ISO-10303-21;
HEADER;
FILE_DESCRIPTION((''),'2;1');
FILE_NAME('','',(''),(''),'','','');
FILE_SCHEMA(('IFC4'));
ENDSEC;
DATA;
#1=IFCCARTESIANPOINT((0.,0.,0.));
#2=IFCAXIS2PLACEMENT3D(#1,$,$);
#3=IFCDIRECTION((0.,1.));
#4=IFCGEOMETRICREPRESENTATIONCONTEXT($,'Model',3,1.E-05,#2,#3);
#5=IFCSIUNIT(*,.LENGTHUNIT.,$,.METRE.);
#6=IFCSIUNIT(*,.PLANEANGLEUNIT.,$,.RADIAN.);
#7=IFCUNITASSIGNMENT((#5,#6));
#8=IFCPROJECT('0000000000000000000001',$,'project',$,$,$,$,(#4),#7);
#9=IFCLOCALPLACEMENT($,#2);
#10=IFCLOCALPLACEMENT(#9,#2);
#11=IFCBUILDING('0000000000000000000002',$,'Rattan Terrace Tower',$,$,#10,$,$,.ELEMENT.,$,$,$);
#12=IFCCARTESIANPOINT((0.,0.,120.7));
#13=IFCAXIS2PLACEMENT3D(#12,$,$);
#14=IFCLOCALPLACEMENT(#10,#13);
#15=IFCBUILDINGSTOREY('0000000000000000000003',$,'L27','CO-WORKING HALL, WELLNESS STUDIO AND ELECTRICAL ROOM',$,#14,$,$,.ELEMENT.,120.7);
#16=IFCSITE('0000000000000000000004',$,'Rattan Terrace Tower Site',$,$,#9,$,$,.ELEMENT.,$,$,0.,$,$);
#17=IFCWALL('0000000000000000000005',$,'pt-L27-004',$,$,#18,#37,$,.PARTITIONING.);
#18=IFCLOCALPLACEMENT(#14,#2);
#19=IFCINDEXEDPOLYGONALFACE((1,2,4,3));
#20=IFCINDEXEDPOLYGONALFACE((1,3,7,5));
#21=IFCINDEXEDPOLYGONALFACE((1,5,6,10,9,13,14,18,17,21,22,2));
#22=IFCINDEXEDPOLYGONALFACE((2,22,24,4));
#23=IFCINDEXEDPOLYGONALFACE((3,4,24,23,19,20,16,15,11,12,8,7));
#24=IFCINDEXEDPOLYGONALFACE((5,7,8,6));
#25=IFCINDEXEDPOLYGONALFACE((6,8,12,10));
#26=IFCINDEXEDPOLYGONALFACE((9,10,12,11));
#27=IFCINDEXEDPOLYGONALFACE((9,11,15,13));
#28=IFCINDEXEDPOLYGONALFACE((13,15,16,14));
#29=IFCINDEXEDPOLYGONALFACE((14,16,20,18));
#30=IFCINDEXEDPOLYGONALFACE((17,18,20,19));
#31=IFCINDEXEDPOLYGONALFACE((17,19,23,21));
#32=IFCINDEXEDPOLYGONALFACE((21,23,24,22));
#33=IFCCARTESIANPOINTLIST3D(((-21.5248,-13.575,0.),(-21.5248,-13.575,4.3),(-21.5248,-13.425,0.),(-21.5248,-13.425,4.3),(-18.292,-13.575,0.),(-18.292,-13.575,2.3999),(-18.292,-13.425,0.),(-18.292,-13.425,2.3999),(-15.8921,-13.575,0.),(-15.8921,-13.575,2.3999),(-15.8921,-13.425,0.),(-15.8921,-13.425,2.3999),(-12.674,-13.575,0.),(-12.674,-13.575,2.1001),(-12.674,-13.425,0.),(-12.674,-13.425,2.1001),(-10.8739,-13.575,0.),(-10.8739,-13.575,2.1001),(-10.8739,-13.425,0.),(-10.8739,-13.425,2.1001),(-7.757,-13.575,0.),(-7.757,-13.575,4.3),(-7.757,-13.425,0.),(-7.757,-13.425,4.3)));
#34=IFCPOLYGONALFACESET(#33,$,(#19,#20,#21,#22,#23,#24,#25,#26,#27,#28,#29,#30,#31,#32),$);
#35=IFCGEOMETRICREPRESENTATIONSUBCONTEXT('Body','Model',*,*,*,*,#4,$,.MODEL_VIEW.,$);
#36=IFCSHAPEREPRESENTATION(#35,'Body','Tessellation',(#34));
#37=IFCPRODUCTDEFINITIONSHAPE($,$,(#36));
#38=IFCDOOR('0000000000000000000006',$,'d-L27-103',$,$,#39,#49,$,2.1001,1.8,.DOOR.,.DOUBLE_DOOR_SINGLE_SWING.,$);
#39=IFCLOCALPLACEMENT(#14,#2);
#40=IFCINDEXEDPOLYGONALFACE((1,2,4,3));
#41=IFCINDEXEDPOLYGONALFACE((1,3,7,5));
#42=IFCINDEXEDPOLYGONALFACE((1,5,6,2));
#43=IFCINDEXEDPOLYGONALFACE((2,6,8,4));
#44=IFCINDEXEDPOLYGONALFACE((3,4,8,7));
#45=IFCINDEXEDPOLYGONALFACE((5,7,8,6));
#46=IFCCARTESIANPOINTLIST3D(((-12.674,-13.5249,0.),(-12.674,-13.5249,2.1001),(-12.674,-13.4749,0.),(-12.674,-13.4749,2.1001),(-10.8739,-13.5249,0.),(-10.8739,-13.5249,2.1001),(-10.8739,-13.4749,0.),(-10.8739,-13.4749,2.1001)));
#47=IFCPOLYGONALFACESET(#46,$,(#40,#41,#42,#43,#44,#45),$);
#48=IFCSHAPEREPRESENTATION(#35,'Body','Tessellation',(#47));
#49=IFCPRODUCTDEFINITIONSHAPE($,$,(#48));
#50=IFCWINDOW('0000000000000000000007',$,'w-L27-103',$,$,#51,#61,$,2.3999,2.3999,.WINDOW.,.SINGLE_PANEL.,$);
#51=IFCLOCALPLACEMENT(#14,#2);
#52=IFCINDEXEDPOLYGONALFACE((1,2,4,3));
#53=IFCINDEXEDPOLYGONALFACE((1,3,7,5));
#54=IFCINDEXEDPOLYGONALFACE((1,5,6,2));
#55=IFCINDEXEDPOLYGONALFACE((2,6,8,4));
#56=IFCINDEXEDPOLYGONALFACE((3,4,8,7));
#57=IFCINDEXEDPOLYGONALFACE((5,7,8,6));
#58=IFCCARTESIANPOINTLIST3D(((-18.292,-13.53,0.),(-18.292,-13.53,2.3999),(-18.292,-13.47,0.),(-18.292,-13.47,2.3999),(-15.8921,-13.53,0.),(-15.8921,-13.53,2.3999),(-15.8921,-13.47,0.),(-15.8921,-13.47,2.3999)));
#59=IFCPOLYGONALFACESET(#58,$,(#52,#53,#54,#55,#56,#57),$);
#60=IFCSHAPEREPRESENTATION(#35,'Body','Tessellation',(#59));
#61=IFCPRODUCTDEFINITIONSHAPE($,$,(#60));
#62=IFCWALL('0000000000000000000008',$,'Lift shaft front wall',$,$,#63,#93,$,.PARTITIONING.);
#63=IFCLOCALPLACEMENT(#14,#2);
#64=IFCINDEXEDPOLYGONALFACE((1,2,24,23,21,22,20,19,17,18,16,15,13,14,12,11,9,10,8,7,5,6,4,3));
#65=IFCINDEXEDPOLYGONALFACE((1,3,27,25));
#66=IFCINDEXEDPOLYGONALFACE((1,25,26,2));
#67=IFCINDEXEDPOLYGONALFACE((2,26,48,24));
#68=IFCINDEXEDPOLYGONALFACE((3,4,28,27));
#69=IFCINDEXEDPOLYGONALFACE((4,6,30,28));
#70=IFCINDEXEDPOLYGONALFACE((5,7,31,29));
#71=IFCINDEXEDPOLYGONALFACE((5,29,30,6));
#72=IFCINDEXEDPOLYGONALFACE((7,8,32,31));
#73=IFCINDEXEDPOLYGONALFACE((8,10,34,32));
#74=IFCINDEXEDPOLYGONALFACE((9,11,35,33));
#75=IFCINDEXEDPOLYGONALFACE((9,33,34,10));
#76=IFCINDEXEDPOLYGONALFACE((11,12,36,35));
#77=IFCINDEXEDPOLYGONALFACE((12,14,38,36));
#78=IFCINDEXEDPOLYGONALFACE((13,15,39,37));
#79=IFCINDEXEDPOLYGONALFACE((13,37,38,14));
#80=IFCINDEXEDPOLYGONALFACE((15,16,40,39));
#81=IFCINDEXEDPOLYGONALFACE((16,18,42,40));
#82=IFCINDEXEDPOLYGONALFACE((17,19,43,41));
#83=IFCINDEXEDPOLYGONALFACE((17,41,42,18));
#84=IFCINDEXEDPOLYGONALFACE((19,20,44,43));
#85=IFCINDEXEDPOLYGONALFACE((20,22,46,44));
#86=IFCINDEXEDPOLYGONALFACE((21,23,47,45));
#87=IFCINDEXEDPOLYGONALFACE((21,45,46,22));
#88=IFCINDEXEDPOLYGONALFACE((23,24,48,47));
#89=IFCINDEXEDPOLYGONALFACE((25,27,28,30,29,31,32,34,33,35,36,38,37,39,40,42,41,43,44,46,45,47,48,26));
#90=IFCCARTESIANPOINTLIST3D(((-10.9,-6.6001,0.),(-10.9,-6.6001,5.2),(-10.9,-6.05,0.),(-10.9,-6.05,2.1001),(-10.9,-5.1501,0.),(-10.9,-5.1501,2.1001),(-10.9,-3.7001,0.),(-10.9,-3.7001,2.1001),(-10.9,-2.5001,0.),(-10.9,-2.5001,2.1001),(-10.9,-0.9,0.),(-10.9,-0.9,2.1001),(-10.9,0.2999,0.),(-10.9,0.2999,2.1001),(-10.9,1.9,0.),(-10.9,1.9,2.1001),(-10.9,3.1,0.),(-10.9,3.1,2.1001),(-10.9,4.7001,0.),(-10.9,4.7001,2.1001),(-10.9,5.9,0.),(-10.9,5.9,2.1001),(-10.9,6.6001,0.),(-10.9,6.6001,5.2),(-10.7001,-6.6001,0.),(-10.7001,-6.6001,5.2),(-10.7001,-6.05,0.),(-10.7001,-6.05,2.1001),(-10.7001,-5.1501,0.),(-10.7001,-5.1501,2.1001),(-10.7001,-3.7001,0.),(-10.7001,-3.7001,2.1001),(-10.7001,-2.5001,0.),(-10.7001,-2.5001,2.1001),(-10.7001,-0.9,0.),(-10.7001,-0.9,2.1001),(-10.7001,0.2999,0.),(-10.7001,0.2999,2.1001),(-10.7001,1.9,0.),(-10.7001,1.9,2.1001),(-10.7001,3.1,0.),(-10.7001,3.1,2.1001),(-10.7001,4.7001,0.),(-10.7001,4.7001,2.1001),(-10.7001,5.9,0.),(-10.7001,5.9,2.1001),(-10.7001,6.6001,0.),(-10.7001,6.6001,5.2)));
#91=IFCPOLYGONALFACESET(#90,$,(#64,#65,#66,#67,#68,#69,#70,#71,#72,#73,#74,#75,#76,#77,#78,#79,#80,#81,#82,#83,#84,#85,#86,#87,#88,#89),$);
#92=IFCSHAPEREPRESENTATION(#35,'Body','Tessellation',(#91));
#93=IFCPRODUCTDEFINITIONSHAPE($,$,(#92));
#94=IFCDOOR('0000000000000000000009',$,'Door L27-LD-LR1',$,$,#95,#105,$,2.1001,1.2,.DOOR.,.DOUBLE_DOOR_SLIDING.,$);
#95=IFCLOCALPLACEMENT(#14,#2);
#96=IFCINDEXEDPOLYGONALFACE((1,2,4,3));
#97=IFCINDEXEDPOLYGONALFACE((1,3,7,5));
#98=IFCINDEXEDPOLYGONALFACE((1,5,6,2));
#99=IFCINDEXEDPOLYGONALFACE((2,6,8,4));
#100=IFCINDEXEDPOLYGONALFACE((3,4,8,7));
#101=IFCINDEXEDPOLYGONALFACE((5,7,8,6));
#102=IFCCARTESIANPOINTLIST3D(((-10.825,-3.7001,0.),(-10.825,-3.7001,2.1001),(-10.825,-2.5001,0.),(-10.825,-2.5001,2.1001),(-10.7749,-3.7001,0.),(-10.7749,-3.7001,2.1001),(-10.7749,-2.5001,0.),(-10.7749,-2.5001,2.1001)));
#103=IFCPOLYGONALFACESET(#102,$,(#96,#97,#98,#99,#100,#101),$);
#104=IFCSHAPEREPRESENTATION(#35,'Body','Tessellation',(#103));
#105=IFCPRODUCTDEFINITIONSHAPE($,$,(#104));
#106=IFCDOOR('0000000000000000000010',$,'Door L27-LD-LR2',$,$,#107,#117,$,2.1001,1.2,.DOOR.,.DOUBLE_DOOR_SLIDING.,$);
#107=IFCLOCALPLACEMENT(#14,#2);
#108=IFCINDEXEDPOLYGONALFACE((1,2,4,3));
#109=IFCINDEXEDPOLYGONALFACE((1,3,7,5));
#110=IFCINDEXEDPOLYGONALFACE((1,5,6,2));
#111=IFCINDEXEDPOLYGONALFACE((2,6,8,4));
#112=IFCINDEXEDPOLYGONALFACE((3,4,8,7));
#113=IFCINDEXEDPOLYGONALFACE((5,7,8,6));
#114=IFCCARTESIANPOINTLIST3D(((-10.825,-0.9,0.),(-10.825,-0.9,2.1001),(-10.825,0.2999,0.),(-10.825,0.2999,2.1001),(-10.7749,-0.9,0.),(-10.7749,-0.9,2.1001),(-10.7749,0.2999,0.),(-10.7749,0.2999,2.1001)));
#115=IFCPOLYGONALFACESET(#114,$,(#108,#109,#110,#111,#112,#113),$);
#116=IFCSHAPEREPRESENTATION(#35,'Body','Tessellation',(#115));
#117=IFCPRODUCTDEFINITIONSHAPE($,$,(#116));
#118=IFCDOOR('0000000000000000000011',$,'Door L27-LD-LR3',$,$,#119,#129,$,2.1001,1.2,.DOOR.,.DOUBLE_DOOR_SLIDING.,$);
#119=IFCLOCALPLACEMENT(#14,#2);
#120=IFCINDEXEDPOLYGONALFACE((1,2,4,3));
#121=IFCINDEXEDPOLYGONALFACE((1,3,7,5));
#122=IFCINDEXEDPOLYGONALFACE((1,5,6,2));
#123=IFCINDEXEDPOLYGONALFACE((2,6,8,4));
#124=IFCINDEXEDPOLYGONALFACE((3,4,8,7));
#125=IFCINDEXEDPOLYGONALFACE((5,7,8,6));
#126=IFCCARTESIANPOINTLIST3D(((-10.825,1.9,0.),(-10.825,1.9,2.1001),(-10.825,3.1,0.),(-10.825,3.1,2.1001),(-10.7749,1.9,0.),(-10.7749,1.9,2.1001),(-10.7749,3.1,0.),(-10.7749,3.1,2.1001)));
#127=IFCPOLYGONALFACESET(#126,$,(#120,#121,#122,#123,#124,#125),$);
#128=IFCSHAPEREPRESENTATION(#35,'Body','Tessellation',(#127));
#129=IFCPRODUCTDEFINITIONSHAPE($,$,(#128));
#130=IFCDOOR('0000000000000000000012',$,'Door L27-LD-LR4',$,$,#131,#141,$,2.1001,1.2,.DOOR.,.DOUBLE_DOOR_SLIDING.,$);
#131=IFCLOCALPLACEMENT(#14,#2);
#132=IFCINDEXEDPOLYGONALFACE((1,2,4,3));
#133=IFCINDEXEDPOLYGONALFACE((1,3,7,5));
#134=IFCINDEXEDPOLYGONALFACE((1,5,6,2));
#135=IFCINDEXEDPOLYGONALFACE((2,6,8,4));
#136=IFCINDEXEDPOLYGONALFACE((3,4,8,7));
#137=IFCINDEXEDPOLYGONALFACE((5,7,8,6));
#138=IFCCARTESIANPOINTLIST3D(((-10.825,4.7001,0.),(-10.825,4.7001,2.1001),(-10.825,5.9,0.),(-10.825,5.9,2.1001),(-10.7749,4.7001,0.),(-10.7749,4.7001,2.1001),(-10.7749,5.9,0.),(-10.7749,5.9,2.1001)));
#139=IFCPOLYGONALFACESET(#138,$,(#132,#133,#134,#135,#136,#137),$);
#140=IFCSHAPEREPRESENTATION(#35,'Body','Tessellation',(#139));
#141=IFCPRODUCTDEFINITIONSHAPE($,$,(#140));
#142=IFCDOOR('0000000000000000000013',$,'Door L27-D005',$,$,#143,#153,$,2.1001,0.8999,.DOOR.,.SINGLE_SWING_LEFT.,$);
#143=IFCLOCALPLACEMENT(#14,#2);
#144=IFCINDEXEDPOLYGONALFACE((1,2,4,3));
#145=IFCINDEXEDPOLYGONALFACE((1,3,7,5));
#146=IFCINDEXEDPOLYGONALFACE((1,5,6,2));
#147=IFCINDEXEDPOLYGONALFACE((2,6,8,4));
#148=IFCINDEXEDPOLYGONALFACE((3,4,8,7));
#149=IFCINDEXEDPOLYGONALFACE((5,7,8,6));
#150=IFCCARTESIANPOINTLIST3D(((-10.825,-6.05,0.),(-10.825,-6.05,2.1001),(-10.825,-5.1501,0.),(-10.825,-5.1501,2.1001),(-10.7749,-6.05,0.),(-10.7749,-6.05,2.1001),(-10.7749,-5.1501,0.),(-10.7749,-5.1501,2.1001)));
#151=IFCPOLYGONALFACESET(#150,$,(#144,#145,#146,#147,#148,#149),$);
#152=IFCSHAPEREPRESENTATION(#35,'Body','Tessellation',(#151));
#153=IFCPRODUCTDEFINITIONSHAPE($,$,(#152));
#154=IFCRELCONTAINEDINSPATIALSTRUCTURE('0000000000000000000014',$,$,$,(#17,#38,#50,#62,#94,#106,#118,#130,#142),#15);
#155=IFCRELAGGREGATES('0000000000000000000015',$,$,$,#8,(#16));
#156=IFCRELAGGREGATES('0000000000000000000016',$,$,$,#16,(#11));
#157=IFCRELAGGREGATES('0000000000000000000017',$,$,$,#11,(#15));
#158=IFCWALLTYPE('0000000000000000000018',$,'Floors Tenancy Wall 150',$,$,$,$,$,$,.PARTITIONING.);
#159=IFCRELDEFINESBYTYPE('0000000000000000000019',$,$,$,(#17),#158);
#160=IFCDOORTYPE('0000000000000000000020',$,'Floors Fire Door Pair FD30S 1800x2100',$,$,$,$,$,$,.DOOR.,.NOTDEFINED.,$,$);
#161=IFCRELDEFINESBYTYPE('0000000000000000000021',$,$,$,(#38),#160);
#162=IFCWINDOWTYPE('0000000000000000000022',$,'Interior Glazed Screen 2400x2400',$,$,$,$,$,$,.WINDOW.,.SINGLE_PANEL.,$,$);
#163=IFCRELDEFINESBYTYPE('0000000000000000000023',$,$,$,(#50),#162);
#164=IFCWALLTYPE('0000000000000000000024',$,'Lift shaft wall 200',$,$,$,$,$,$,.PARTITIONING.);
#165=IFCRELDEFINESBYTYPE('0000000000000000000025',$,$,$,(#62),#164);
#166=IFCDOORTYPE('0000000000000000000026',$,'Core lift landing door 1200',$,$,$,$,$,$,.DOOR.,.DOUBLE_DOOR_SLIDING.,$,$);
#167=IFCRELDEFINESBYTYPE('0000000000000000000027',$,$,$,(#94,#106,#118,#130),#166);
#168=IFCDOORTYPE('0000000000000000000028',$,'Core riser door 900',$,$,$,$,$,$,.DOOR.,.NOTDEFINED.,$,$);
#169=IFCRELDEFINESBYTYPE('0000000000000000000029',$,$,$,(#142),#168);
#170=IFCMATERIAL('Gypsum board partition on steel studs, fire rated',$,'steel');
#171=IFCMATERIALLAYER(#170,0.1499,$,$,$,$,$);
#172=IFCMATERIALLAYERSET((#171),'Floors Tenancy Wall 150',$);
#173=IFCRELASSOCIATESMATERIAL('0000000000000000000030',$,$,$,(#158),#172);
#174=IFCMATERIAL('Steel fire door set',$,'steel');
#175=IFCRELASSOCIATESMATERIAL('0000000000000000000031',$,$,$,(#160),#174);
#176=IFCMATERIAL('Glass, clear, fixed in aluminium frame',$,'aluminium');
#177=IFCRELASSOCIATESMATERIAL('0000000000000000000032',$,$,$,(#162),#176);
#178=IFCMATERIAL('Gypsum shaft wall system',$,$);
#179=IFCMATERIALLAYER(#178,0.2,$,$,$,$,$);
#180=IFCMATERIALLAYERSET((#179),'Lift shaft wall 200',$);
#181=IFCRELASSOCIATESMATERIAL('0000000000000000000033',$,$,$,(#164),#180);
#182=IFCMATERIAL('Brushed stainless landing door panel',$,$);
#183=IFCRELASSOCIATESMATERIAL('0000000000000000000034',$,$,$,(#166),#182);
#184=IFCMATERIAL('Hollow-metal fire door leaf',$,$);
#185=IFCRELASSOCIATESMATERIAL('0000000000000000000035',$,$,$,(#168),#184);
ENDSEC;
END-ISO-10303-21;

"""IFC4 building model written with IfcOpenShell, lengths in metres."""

from ifc_helpers import new_model, si_unit, direction, frame, frame_2d, origin, place, context, subcontext, project, spatial, rectangle, extrude, material, layer, layer_set, type_object, element, fill, save


model = new_model("IFC4")

# Units and contexts
model_context = context("Model", 3, precision=1e-05, world=origin(), true_north=direction((0.0, 1.0)))
body_context = subcontext(model_context, "Body", "Model", "MODEL_VIEW")
ifc_project = project(units=[si_unit("LENGTHUNIT", "METRE"), si_unit("PLANEANGLEUNIT", "RADIAN")], contexts=[model_context])

# Site, building, storey
site_placement = place(None, origin())
site = spatial("IfcSite", under=ifc_project, at=site_placement, Name="Rattan Terrace Tower Site", CompositionType="ELEMENT", RefElevation=0.0)
building_placement = place(site_placement, origin())
building = spatial("IfcBuilding", under=site, at=building_placement, Name="Rattan Terrace Tower", CompositionType="ELEMENT")
storey_placement = place(building_placement, frame((0.0, 0.0, 120.7)))
storey = spatial("IfcBuildingStorey", under=building, at=storey_placement, Name="L27", Description="CO-WORKING HALL, WELLNESS STUDIO AND ELECTRICAL ROOM", CompositionType="ELEMENT", Elevation=120.7)

# Wall, openings, door, window
ifc_material_1 = material(Name="Gypsum board partition on steel studs, fire rated", Category="steel")
ifc_layer_1 = layer(ifc_material_1, 0.1499)
ifc_layer_set_1 = layer_set([ifc_layer_1], Name="Floors Tenancy Wall 150")
wall_type_1 = type_object("IfcWallType", Name="Floors Tenancy Wall 150", PredefinedType="PARTITIONING", material=ifc_layer_set_1)
wall_1_placement = place(storey_placement, frame((-7.7571, -13.5, 0.0), z_axis=(0.0, 0.0, 1.0), x_axis=(-1.0, 0.0, 0.0)))
wall_1 = element("IfcWall", 1, at=wall_1_placement, inside=storey, type_object=wall_type_1, Name="pt-L27-004", PredefinedType="PARTITIONING", context=body_context, shape_type="SweptSolid", body=[
    extrude(rectangle(XDim=13.7678, YDim=0.1499, at=frame_2d((6.8838, 0.0))), origin(), (0.0, 0.0, 1.0), 4.3),
])
opening_1_placement = place(wall_1_placement, frame((3.1169, 0.0, 0.0)))
opening_1 = element("IfcOpeningElement", 2, at=opening_1_placement, cuts=wall_1, PredefinedType="OPENING", context=body_context, shape_type="SweptSolid", body=[
    extrude(rectangle(XDim=1.8, YDim=2.1001, at=frame_2d((0.8999, 1.05))), frame((0.0, 0.0854, 0.0), z_axis=(0.0, -1.0, 0.0), x_axis=(1.0, 0.0, 0.0)), (0.0, 0.0, 1.0), 0.1709),
])
opening_2_placement = place(wall_1_placement, frame((8.135, 0.0, 0.0)))
opening_2 = element("IfcOpeningElement", 3, at=opening_2_placement, cuts=wall_1, PredefinedType="OPENING", context=body_context, shape_type="SweptSolid", body=[
    extrude(rectangle(XDim=2.3999, YDim=2.3999, at=frame_2d((1.2, 1.2))), frame((0.0, 0.0854, 0.0), z_axis=(0.0, -1.0, 0.0), x_axis=(1.0, 0.0, 0.0)), (0.0, 0.0, 1.0), 0.1709),
])
ifc_material_2 = material(Name="Steel fire door set", Category="steel")
door_type_1 = type_object("IfcDoorType", Name="Floors Fire Door Pair FD30S 1800x2100", OperationType="NOTDEFINED", PredefinedType="DOOR", material=ifc_material_2)
door_1_placement = place(opening_1_placement, origin())
door_1 = element("IfcDoor", 4, at=door_1_placement, inside=storey, type_object=door_type_1, Name="d-L27-103", OperationType="DOUBLE_DOOR_SINGLE_SWING", OverallHeight=2.1001, OverallWidth=1.8, PredefinedType="DOOR", context=body_context, shape_type="SweptSolid", body=[
    extrude(rectangle(XDim=1.8, YDim=2.1001, at=frame_2d((0.8999, 1.05))), frame((0.0, 0.0249, 0.0), z_axis=(0.0, -1.0, 0.0), x_axis=(1.0, 0.0, 0.0)), (0.0, 0.0, 1.0), 0.05),
])
fill(opening_1, door_1)
ifc_material_3 = material(Name="Glass, clear, fixed in aluminium frame", Category="aluminium")
window_type = type_object("IfcWindowType", Name="Interior Glazed Screen 2400x2400", PartitioningType="SINGLE_PANEL", PredefinedType="WINDOW", material=ifc_material_3)
window_placement = place(opening_2_placement, origin())
window = element("IfcWindow", 5, at=window_placement, inside=storey, type_object=window_type, Name="w-L27-103", OverallHeight=2.3999, OverallWidth=2.3999, PartitioningType="SINGLE_PANEL", PredefinedType="WINDOW", context=body_context, shape_type="SweptSolid", body=[
    extrude(rectangle(XDim=2.3999, YDim=2.3999, at=frame_2d((1.2, 1.2))), frame((0.0, 0.03, 0.0), z_axis=(0.0, -1.0, 0.0), x_axis=(1.0, 0.0, 0.0)), (0.0, 0.0, 1.0), 0.0601),
])
fill(opening_2, window)

# Wall, openings, doors
ifc_material_4 = material(Name="Gypsum shaft wall system")
ifc_layer_2 = layer(ifc_material_4, 0.2)
ifc_layer_set_2 = layer_set([ifc_layer_2], Name="Lift shaft wall 200")
wall_type_2 = type_object("IfcWallType", Name="Lift shaft wall 200", PredefinedType="PARTITIONING", material=ifc_layer_set_2)
wall_2_placement = place(storey_placement, frame((-10.8, -6.6001, 0.0), z_axis=(0.0, 0.0, 1.0), x_axis=(0.0, 1.0, 0.0)))
wall_2 = element("IfcWall", 6, at=wall_2_placement, inside=storey, type_object=wall_type_2, Name="Lift shaft front wall", PredefinedType="PARTITIONING", context=body_context, shape_type="SweptSolid", body=[
    extrude(rectangle(XDim=13.2002, YDim=0.2, at=frame_2d((6.6001, 0.0))), origin(), (0.0, 0.0, 1.0), 5.2),
])
opening_3_placement = place(wall_2_placement, frame((0.55, 0.0, 0.0)))
opening_3 = element("IfcOpeningElement", 7, at=opening_3_placement, cuts=wall_2, PredefinedType="OPENING", context=body_context, shape_type="SweptSolid", body=[
    extrude(rectangle(XDim=0.8999, YDim=2.1001, at=frame_2d((0.45, 1.05))), frame((0.0, 0.1106, 0.0), z_axis=(0.0, -1.0, 0.0), x_axis=(1.0, 0.0, 0.0)), (0.0, 0.0, 1.0), 0.2209),
])
opening_4_placement = place(wall_2_placement, frame((2.8999, 0.0, 0.0)))
opening_4 = element("IfcOpeningElement", 8, at=opening_4_placement, cuts=wall_2, PredefinedType="OPENING", context=body_context, shape_type="SweptSolid", body=[
    extrude(rectangle(XDim=1.2, YDim=2.1001, at=frame_2d((0.6001, 1.05))), frame((0.0, 0.1106, 0.0), z_axis=(0.0, -1.0, 0.0), x_axis=(1.0, 0.0, 0.0)), (0.0, 0.0, 1.0), 0.2209),
])
opening_5_placement = place(wall_2_placement, frame((5.7, 0.0, 0.0)))
opening_5 = element("IfcOpeningElement", 9, at=opening_5_placement, cuts=wall_2, PredefinedType="OPENING", context=body_context, shape_type="SweptSolid", body=[
    extrude(rectangle(XDim=1.2, YDim=2.1001, at=frame_2d((0.6001, 1.05))), frame((0.0, 0.1106, 0.0), z_axis=(0.0, -1.0, 0.0), x_axis=(1.0, 0.0, 0.0)), (0.0, 0.0, 1.0), 0.2209),
])
opening_6_placement = place(wall_2_placement, frame((8.5, 0.0, 0.0)))
opening_6 = element("IfcOpeningElement", 10, at=opening_6_placement, cuts=wall_2, PredefinedType="OPENING", context=body_context, shape_type="SweptSolid", body=[
    extrude(rectangle(XDim=1.2, YDim=2.1001, at=frame_2d((0.6001, 1.05))), frame((0.0, 0.1106, 0.0), z_axis=(0.0, -1.0, 0.0), x_axis=(1.0, 0.0, 0.0)), (0.0, 0.0, 1.0), 0.2209),
])
opening_7_placement = place(wall_2_placement, frame((11.3, 0.0, 0.0)))
opening_7 = element("IfcOpeningElement", 11, at=opening_7_placement, cuts=wall_2, PredefinedType="OPENING", context=body_context, shape_type="SweptSolid", body=[
    extrude(rectangle(XDim=1.2, YDim=2.1001, at=frame_2d((0.6001, 1.05))), frame((0.0, 0.1106, 0.0), z_axis=(0.0, -1.0, 0.0), x_axis=(1.0, 0.0, 0.0)), (0.0, 0.0, 1.0), 0.2209),
])
ifc_material_5 = material(Name="Brushed stainless landing door panel")
door_type_2 = type_object("IfcDoorType", Name="Core lift landing door 1200", OperationType="DOUBLE_DOOR_SLIDING", PredefinedType="DOOR", material=ifc_material_5)
door_2_placement = place(opening_4_placement, origin())
door_2 = element("IfcDoor", 12, at=door_2_placement, inside=storey, type_object=door_type_2, Name="Door L27-LD-LR1", OperationType="DOUBLE_DOOR_SLIDING", OverallHeight=2.1001, OverallWidth=1.2, PredefinedType="DOOR", context=body_context, shape_type="SweptSolid", body=[
    extrude(rectangle(XDim=1.2, YDim=2.1001, at=frame_2d((0.6001, 1.05))), frame((0.0, 0.0249, 0.0), z_axis=(0.0, -1.0, 0.0), x_axis=(1.0, 0.0, 0.0)), (0.0, 0.0, 1.0), 0.05),
])
fill(opening_4, door_2)
door_3_placement = place(opening_5_placement, origin())
door_3 = element("IfcDoor", 13, at=door_3_placement, inside=storey, type_object=door_type_2, Name="Door L27-LD-LR2", OperationType="DOUBLE_DOOR_SLIDING", OverallHeight=2.1001, OverallWidth=1.2, PredefinedType="DOOR", context=body_context, shape_type="SweptSolid", body=[
    extrude(rectangle(XDim=1.2, YDim=2.1001, at=frame_2d((0.6001, 1.05))), frame((0.0, 0.0249, 0.0), z_axis=(0.0, -1.0, 0.0), x_axis=(1.0, 0.0, 0.0)), (0.0, 0.0, 1.0), 0.05),
])
fill(opening_5, door_3)
door_4_placement = place(opening_6_placement, origin())
door_4 = element("IfcDoor", 14, at=door_4_placement, inside=storey, type_object=door_type_2, Name="Door L27-LD-LR3", OperationType="DOUBLE_DOOR_SLIDING", OverallHeight=2.1001, OverallWidth=1.2, PredefinedType="DOOR", context=body_context, shape_type="SweptSolid", body=[
    extrude(rectangle(XDim=1.2, YDim=2.1001, at=frame_2d((0.6001, 1.05))), frame((0.0, 0.0249, 0.0), z_axis=(0.0, -1.0, 0.0), x_axis=(1.0, 0.0, 0.0)), (0.0, 0.0, 1.0), 0.05),
])
fill(opening_6, door_4)
door_5_placement = place(opening_7_placement, origin())
door_5 = element("IfcDoor", 15, at=door_5_placement, inside=storey, type_object=door_type_2, Name="Door L27-LD-LR4", OperationType="DOUBLE_DOOR_SLIDING", OverallHeight=2.1001, OverallWidth=1.2, PredefinedType="DOOR", context=body_context, shape_type="SweptSolid", body=[
    extrude(rectangle(XDim=1.2, YDim=2.1001, at=frame_2d((0.6001, 1.05))), frame((0.0, 0.0249, 0.0), z_axis=(0.0, -1.0, 0.0), x_axis=(1.0, 0.0, 0.0)), (0.0, 0.0, 1.0), 0.05),
])
fill(opening_7, door_5)
ifc_material_6 = material(Name="Hollow-metal fire door leaf")
door_type_3 = type_object("IfcDoorType", Name="Core riser door 900", OperationType="NOTDEFINED", PredefinedType="DOOR", material=ifc_material_6)
door_6_placement = place(opening_3_placement, origin())
door_6 = element("IfcDoor", 16, at=door_6_placement, inside=storey, type_object=door_type_3, Name="Door L27-D005", OperationType="SINGLE_SWING_LEFT", OverallHeight=2.1001, OverallWidth=0.8999, PredefinedType="DOOR", context=body_context, shape_type="SweptSolid", body=[
    extrude(rectangle(XDim=0.8999, YDim=2.1001, at=frame_2d((0.45, 1.05))), frame((0.0, 0.0249, 0.0), z_axis=(0.0, -1.0, 0.0), x_axis=(1.0, 0.0, 0.0)), (0.0, 0.0, 1.0), 0.05),
])
fill(opening_3, door_6)

save(model, "model.ifc")
